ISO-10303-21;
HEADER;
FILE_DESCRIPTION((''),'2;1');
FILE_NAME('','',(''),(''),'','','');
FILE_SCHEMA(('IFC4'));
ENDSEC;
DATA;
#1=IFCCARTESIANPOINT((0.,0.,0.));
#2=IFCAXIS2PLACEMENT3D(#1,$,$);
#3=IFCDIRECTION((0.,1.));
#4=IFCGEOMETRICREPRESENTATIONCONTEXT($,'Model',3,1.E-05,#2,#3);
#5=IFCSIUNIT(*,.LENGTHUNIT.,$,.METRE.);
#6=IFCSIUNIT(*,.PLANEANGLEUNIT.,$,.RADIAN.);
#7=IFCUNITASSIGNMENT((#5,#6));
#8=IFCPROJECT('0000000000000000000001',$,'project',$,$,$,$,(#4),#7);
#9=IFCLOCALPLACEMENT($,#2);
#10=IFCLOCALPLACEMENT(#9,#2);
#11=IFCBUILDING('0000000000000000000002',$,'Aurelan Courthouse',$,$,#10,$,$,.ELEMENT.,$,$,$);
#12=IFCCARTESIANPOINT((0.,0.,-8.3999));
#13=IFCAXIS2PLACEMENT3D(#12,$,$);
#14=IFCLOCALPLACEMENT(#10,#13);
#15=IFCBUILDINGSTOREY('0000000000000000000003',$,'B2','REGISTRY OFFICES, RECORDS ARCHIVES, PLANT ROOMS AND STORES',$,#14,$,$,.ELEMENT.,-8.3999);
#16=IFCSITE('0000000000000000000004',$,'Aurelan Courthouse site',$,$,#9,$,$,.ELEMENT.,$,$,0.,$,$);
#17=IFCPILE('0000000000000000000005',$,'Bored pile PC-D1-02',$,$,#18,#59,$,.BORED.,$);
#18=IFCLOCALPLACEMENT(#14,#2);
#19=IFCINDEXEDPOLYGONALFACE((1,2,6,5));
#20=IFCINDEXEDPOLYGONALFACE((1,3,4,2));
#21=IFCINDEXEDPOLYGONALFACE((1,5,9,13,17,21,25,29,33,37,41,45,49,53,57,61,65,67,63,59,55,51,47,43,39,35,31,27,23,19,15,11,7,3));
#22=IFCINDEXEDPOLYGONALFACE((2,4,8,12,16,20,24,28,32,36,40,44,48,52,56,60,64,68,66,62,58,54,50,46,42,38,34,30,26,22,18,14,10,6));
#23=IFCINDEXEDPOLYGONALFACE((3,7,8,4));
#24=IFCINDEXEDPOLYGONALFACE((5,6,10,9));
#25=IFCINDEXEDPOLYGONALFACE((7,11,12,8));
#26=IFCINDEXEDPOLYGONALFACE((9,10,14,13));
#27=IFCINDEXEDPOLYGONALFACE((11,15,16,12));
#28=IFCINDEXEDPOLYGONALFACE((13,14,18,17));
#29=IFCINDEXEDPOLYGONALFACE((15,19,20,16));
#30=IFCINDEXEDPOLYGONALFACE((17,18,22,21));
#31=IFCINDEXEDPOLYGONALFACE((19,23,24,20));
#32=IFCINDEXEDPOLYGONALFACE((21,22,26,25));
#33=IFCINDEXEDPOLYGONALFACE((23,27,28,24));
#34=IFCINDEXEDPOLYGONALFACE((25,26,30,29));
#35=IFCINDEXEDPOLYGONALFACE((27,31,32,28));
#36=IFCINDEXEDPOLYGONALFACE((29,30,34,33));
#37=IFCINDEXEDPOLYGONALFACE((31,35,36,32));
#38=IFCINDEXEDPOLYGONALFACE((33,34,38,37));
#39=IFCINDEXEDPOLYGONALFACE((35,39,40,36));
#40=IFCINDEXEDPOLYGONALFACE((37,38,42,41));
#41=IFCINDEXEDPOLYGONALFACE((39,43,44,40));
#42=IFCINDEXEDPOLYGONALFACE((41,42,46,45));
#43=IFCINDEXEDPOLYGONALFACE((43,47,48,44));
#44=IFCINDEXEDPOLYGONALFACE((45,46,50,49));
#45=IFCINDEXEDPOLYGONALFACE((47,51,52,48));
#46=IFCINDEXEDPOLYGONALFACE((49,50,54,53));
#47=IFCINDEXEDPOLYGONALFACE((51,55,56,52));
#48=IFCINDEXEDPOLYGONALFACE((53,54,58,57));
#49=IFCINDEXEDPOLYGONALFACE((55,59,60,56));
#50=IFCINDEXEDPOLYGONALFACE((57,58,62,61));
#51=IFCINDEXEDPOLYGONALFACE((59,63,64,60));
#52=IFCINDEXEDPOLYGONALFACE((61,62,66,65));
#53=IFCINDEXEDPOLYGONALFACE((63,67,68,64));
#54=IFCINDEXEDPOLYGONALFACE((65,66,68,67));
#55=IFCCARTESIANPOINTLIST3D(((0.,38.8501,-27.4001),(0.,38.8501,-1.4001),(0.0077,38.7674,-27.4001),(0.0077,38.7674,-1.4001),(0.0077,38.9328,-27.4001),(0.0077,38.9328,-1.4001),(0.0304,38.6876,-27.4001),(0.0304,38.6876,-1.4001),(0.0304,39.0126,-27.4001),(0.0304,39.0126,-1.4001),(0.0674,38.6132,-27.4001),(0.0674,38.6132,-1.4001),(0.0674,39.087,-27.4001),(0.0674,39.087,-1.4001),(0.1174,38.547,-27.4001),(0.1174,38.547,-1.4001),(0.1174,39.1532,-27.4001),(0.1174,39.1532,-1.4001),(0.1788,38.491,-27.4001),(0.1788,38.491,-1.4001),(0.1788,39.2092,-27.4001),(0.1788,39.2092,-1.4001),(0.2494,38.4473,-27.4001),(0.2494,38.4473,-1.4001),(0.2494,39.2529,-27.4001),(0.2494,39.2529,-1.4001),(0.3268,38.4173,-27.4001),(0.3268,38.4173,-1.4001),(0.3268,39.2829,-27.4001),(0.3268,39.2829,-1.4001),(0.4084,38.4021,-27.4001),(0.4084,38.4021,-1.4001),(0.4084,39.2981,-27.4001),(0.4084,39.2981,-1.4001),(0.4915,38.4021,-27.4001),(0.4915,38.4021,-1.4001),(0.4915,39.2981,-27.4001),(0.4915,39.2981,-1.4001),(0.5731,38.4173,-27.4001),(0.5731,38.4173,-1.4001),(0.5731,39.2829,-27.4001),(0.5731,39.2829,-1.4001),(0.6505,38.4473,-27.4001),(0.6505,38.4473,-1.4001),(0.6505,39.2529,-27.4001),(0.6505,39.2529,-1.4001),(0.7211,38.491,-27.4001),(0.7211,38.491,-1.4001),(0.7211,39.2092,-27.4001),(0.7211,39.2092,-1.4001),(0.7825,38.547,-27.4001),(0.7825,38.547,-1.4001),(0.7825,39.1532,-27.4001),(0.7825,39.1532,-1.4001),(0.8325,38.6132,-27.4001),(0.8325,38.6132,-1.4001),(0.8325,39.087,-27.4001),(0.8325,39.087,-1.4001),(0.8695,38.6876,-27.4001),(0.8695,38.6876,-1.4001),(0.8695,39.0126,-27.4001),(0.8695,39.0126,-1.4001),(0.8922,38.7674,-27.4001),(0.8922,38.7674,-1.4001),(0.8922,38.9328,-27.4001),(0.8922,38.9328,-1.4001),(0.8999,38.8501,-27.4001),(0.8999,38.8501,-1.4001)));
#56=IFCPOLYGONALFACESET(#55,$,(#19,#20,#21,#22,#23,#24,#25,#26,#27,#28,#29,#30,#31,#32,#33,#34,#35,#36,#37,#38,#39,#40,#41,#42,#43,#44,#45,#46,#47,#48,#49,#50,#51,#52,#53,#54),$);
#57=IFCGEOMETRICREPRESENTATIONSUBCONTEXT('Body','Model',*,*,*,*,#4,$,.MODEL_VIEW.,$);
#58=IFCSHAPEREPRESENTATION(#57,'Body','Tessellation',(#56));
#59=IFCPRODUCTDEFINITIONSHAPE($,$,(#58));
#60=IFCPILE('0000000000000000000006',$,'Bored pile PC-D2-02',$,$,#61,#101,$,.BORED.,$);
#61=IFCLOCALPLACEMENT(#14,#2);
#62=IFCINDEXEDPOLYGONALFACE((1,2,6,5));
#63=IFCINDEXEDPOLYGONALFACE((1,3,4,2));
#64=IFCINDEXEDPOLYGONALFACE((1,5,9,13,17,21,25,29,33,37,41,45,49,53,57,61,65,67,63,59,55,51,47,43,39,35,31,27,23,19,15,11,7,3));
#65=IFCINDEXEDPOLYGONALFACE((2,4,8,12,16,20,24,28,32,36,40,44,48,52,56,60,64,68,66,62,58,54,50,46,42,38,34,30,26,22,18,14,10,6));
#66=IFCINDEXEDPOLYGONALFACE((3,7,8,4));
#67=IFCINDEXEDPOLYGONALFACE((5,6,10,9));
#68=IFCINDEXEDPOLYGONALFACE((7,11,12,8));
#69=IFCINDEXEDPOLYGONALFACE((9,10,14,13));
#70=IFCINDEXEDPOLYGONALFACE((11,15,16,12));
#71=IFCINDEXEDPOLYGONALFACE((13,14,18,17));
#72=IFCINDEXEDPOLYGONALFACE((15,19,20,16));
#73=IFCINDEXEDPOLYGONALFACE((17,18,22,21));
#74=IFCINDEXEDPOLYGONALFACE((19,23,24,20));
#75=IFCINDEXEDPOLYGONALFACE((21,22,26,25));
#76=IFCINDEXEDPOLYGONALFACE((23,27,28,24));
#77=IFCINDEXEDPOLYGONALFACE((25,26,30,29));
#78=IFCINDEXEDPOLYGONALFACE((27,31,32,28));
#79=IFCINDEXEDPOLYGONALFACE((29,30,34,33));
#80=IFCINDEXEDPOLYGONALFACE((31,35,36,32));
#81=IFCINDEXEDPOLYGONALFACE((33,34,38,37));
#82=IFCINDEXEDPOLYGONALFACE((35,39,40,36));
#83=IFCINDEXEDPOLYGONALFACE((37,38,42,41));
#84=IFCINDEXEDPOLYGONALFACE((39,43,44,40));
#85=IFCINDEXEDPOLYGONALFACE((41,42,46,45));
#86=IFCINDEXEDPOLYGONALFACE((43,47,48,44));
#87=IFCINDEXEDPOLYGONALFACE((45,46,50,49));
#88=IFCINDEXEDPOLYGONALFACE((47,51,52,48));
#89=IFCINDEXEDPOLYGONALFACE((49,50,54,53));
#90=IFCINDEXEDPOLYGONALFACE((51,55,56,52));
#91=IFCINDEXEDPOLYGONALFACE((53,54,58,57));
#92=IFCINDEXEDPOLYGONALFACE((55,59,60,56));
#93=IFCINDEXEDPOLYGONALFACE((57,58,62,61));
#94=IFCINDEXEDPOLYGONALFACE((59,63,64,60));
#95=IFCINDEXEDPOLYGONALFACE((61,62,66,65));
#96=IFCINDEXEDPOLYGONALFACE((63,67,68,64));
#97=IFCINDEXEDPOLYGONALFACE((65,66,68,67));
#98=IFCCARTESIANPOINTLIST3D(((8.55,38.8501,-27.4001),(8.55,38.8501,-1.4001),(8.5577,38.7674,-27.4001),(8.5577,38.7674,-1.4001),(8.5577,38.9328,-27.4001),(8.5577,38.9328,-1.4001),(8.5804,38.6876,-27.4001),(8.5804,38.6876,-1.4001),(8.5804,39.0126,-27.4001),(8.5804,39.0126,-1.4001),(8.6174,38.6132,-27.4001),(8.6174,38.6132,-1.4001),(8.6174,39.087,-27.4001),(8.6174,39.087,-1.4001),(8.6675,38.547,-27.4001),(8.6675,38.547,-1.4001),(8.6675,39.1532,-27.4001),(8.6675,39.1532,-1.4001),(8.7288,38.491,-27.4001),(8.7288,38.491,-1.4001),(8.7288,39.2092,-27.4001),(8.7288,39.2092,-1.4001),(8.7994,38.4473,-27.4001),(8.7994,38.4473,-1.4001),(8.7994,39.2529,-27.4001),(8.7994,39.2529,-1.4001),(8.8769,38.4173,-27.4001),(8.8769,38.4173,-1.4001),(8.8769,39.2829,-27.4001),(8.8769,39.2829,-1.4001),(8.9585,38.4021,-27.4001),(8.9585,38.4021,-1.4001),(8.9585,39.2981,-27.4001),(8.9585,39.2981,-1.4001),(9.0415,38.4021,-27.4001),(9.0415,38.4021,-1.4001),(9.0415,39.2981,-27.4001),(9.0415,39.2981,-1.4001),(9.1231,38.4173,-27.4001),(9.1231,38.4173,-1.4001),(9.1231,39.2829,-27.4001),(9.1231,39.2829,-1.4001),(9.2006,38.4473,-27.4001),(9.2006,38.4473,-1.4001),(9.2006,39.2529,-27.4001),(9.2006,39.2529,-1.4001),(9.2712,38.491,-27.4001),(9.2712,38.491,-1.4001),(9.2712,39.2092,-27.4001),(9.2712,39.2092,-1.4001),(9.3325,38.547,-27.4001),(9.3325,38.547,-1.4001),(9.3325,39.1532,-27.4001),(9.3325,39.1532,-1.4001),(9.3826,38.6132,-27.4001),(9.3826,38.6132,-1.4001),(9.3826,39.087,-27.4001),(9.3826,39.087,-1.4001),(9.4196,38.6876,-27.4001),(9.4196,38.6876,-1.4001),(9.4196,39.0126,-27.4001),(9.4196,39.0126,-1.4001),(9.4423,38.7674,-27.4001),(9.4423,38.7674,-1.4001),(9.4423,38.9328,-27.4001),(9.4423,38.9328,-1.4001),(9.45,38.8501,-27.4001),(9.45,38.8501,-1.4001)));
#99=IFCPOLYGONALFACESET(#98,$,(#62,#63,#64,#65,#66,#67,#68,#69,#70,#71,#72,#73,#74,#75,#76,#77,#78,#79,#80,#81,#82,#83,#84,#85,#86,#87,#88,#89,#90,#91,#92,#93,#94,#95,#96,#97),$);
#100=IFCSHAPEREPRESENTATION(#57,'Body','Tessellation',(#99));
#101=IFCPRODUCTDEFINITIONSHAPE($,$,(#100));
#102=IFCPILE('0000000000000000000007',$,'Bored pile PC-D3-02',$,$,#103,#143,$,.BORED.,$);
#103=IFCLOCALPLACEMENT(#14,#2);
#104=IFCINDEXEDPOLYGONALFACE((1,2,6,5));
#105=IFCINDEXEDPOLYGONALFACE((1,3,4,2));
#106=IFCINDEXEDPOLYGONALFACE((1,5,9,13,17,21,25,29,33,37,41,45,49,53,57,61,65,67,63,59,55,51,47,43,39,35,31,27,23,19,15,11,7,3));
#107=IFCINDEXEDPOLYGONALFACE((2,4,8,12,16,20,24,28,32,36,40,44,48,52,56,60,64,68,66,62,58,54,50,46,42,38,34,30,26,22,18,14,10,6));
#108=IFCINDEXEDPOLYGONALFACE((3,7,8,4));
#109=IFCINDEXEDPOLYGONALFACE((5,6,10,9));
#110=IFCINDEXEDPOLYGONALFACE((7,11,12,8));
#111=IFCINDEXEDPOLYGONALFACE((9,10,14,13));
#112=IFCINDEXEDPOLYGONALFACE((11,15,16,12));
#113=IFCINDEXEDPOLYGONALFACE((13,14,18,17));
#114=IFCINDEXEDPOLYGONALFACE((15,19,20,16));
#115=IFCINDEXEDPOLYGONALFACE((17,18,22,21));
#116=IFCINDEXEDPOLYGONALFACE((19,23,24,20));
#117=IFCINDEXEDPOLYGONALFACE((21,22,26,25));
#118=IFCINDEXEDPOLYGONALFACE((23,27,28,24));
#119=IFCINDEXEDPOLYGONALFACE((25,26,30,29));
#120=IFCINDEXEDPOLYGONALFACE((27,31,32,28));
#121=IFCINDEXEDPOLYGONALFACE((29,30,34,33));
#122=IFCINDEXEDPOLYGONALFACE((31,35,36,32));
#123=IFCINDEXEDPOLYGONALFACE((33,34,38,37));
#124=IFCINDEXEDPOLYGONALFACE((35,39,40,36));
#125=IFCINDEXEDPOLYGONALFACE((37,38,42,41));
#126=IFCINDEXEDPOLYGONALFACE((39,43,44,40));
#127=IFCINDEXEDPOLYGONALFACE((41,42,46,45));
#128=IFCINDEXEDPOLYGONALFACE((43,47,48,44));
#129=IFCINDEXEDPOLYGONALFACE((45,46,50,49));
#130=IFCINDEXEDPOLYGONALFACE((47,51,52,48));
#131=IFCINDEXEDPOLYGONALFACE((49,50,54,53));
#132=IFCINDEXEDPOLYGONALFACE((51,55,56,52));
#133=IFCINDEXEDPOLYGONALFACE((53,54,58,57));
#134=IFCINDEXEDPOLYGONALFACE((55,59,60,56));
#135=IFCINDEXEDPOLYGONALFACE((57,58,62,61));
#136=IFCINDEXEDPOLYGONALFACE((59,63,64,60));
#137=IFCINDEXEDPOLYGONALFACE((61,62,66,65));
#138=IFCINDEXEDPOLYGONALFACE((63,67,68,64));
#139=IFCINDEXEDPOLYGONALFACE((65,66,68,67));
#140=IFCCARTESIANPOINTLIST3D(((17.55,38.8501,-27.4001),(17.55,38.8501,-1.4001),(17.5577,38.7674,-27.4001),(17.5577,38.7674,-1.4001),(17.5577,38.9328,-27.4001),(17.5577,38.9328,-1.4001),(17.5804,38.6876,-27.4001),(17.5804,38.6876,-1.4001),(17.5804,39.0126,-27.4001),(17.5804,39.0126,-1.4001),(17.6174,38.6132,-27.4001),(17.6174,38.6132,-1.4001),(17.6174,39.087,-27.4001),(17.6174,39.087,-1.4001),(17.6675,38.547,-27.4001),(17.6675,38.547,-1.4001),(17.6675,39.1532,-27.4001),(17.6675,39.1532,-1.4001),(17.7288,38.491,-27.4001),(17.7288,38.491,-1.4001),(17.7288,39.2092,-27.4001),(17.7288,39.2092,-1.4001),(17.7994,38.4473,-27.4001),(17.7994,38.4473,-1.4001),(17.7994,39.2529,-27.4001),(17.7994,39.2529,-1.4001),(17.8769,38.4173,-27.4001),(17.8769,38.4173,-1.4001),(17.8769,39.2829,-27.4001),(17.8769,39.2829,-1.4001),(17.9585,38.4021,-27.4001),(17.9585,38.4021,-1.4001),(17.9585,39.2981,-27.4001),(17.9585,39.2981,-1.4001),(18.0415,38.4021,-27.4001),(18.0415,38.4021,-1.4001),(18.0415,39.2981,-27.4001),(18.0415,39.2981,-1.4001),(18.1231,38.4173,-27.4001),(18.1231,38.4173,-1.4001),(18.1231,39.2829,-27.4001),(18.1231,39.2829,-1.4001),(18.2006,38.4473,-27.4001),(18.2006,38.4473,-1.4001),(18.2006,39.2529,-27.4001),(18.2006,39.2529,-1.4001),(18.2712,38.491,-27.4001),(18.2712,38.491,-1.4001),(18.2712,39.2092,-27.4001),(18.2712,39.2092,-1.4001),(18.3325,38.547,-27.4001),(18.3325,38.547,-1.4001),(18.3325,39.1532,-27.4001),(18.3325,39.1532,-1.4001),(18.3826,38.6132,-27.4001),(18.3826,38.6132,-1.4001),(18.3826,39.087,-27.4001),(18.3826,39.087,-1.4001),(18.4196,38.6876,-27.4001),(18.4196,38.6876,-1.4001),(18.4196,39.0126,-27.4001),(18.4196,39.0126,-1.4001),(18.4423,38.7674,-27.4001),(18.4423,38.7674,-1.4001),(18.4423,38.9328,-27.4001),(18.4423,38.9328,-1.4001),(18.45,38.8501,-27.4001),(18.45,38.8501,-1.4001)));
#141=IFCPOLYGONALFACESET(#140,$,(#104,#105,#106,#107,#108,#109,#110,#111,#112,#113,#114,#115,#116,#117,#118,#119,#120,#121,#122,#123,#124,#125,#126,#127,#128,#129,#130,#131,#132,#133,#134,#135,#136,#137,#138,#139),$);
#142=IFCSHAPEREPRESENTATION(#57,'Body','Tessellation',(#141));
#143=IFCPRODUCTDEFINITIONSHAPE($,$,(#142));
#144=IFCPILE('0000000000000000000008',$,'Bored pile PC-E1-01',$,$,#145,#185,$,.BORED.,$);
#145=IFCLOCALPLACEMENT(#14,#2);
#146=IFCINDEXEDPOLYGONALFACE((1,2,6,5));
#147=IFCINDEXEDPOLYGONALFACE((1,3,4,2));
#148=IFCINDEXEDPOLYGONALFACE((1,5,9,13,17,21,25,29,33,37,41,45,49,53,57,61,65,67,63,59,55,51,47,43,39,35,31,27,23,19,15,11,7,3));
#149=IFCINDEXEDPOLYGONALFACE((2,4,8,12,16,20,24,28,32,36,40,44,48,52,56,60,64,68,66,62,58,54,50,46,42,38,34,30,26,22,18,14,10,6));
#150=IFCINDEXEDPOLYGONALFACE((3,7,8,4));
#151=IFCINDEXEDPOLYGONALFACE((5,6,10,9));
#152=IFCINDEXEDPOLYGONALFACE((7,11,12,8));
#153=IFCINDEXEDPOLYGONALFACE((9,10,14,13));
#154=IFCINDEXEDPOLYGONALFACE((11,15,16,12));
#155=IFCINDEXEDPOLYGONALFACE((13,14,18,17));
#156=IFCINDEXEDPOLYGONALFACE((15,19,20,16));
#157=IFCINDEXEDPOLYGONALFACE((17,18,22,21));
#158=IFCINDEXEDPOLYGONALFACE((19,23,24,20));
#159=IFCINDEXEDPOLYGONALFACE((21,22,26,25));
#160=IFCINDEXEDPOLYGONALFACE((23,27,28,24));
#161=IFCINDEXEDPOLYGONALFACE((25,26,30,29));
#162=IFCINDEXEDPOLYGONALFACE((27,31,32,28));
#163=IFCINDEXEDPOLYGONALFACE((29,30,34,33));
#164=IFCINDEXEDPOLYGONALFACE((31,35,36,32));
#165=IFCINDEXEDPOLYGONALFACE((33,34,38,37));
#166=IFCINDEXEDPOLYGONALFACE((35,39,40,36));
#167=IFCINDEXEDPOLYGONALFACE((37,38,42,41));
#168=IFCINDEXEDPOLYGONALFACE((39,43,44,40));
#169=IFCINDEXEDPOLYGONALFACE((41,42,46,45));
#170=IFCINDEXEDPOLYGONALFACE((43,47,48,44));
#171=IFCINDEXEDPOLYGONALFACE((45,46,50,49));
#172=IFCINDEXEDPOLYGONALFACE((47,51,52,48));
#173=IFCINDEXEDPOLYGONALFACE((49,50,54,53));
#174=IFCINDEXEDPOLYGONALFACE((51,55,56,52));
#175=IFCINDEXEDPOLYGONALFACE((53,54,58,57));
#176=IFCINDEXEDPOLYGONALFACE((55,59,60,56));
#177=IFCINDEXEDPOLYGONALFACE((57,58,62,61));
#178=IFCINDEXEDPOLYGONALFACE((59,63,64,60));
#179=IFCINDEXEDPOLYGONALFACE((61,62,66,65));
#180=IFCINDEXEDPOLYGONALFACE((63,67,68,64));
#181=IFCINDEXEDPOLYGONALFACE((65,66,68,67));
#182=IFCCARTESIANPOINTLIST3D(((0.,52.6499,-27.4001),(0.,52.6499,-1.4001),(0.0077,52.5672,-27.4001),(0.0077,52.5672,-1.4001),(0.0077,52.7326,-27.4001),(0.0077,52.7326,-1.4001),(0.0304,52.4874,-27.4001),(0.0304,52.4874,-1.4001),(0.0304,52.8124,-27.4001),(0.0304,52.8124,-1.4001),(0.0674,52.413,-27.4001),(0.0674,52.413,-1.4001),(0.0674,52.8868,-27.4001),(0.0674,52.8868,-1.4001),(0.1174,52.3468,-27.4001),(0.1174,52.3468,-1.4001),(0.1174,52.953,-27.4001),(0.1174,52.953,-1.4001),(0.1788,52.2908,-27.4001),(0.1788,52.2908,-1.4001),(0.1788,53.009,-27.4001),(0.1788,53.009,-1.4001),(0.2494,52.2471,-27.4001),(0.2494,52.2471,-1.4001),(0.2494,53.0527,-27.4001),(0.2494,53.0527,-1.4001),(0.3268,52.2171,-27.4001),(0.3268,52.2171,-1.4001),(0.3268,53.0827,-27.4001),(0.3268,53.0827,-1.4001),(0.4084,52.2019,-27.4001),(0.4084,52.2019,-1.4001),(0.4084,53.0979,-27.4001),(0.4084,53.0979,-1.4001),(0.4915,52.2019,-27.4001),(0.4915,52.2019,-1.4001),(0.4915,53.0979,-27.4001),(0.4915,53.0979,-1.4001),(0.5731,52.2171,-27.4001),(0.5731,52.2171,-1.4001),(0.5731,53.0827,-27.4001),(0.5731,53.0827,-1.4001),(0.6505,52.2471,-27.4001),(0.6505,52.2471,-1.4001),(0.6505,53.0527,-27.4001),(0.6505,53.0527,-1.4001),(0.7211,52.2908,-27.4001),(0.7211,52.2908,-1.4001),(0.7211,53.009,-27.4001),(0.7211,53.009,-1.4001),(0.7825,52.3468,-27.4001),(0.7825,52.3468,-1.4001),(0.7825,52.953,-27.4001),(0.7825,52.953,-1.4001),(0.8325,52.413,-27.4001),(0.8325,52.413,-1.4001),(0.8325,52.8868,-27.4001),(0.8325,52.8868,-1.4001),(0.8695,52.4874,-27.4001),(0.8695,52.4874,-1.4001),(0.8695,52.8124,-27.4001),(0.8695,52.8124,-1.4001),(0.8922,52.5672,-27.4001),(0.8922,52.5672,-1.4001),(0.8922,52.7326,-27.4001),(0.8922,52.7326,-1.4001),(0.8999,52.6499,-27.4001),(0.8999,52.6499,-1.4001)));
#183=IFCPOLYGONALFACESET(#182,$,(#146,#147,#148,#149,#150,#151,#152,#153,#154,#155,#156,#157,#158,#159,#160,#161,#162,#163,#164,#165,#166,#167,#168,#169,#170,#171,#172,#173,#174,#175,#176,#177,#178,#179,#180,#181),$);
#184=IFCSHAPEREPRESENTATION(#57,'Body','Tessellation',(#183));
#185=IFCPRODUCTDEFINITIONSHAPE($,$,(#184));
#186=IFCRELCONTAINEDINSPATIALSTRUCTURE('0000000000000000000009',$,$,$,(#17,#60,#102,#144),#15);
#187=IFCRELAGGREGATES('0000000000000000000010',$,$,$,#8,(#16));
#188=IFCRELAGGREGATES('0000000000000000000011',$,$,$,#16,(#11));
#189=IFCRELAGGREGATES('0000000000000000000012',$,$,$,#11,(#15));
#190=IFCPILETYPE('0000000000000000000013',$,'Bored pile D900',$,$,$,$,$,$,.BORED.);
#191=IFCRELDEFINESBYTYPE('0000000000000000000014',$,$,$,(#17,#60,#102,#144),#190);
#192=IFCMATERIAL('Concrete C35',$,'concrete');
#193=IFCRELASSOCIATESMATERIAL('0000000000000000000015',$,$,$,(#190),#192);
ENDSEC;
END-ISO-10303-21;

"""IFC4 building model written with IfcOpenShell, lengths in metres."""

from ifc_helpers import new_model, si_unit, direction, frame, origin, origin_2d, place, context, subcontext, project, spatial, circle, extrude, material, material_profile, profile_set, type_object, element, save


model = new_model("IFC4")

# Units and contexts
model_context = context("Model", 3, precision=1e-05, world=origin(), true_north=direction((0.0, 1.0)))
body_context = subcontext(model_context, "Body", "Model", "MODEL_VIEW")
ifc_project = project(units=[si_unit("LENGTHUNIT", "METRE"), si_unit("PLANEANGLEUNIT", "RADIAN")], contexts=[model_context])

# Site, building, storey
site_placement = place(None, origin())
site = spatial("IfcSite", under=ifc_project, at=site_placement, Name="Aurelan Courthouse site", CompositionType="ELEMENT", RefElevation=0.0)
building_placement = place(site_placement, origin())
building = spatial("IfcBuilding", under=site, at=building_placement, Name="Aurelan Courthouse", CompositionType="ELEMENT")
storey_placement = place(building_placement, frame((0.0, 0.0, -8.3999)))
storey = spatial("IfcBuildingStorey", under=building, at=storey_placement, Name="B2", Description="REGISTRY OFFICES, RECORDS ARCHIVES, PLANT ROOMS AND STORES", CompositionType="ELEMENT", Elevation=-8.3999)

# Piles
ifc_material_1 = material(Name="Concrete C35", Category="concrete")
ifc_material_profile_1 = material_profile(ifc_material_1, circle(Radius=0.45, at=origin_2d()), Name="D900")
ifc_profile_set_1 = profile_set([ifc_material_profile_1], Name="Concrete C35")
pile_type = type_object("IfcPileType", Name="Bored pile D900", PredefinedType="BORED", material=ifc_profile_set_1)
for number, where, z_axis, x_axis, name in (
    (1, (0.45, 38.8501, -1.4001), (0.0, 0.0, -1.0), (1.0, 0.0, 0.0), "Bored pile PC-D1-02"),
    (2, (9.0, 38.8501, -1.4001), (0.0, 0.0, -1.0), (1.0, 0.0, 0.0), "Bored pile PC-D2-02"),
    (3, (18.0, 38.8501, -1.4001), (0.0, 0.0, -1.0), (1.0, 0.0, 0.0), "Bored pile PC-D3-02"),
    (4, (0.45, 52.6499, -1.4001), (0.0, 0.0, -1.0), (1.0, 0.0, 0.0), "Bored pile PC-E1-01"),
):
    element("IfcPile", number, at=place(storey_placement, frame(where, z_axis=z_axis, x_axis=x_axis)), inside=storey, type_object=pile_type, Name=name, PredefinedType="BORED", context=body_context, shape_type="SweptSolid", body=[
        extrude(circle(Radius=0.45, at=origin_2d()), origin(), (0.0, 0.0, 1.0), 26.0),
    ])

save(model, "model.ifc")
